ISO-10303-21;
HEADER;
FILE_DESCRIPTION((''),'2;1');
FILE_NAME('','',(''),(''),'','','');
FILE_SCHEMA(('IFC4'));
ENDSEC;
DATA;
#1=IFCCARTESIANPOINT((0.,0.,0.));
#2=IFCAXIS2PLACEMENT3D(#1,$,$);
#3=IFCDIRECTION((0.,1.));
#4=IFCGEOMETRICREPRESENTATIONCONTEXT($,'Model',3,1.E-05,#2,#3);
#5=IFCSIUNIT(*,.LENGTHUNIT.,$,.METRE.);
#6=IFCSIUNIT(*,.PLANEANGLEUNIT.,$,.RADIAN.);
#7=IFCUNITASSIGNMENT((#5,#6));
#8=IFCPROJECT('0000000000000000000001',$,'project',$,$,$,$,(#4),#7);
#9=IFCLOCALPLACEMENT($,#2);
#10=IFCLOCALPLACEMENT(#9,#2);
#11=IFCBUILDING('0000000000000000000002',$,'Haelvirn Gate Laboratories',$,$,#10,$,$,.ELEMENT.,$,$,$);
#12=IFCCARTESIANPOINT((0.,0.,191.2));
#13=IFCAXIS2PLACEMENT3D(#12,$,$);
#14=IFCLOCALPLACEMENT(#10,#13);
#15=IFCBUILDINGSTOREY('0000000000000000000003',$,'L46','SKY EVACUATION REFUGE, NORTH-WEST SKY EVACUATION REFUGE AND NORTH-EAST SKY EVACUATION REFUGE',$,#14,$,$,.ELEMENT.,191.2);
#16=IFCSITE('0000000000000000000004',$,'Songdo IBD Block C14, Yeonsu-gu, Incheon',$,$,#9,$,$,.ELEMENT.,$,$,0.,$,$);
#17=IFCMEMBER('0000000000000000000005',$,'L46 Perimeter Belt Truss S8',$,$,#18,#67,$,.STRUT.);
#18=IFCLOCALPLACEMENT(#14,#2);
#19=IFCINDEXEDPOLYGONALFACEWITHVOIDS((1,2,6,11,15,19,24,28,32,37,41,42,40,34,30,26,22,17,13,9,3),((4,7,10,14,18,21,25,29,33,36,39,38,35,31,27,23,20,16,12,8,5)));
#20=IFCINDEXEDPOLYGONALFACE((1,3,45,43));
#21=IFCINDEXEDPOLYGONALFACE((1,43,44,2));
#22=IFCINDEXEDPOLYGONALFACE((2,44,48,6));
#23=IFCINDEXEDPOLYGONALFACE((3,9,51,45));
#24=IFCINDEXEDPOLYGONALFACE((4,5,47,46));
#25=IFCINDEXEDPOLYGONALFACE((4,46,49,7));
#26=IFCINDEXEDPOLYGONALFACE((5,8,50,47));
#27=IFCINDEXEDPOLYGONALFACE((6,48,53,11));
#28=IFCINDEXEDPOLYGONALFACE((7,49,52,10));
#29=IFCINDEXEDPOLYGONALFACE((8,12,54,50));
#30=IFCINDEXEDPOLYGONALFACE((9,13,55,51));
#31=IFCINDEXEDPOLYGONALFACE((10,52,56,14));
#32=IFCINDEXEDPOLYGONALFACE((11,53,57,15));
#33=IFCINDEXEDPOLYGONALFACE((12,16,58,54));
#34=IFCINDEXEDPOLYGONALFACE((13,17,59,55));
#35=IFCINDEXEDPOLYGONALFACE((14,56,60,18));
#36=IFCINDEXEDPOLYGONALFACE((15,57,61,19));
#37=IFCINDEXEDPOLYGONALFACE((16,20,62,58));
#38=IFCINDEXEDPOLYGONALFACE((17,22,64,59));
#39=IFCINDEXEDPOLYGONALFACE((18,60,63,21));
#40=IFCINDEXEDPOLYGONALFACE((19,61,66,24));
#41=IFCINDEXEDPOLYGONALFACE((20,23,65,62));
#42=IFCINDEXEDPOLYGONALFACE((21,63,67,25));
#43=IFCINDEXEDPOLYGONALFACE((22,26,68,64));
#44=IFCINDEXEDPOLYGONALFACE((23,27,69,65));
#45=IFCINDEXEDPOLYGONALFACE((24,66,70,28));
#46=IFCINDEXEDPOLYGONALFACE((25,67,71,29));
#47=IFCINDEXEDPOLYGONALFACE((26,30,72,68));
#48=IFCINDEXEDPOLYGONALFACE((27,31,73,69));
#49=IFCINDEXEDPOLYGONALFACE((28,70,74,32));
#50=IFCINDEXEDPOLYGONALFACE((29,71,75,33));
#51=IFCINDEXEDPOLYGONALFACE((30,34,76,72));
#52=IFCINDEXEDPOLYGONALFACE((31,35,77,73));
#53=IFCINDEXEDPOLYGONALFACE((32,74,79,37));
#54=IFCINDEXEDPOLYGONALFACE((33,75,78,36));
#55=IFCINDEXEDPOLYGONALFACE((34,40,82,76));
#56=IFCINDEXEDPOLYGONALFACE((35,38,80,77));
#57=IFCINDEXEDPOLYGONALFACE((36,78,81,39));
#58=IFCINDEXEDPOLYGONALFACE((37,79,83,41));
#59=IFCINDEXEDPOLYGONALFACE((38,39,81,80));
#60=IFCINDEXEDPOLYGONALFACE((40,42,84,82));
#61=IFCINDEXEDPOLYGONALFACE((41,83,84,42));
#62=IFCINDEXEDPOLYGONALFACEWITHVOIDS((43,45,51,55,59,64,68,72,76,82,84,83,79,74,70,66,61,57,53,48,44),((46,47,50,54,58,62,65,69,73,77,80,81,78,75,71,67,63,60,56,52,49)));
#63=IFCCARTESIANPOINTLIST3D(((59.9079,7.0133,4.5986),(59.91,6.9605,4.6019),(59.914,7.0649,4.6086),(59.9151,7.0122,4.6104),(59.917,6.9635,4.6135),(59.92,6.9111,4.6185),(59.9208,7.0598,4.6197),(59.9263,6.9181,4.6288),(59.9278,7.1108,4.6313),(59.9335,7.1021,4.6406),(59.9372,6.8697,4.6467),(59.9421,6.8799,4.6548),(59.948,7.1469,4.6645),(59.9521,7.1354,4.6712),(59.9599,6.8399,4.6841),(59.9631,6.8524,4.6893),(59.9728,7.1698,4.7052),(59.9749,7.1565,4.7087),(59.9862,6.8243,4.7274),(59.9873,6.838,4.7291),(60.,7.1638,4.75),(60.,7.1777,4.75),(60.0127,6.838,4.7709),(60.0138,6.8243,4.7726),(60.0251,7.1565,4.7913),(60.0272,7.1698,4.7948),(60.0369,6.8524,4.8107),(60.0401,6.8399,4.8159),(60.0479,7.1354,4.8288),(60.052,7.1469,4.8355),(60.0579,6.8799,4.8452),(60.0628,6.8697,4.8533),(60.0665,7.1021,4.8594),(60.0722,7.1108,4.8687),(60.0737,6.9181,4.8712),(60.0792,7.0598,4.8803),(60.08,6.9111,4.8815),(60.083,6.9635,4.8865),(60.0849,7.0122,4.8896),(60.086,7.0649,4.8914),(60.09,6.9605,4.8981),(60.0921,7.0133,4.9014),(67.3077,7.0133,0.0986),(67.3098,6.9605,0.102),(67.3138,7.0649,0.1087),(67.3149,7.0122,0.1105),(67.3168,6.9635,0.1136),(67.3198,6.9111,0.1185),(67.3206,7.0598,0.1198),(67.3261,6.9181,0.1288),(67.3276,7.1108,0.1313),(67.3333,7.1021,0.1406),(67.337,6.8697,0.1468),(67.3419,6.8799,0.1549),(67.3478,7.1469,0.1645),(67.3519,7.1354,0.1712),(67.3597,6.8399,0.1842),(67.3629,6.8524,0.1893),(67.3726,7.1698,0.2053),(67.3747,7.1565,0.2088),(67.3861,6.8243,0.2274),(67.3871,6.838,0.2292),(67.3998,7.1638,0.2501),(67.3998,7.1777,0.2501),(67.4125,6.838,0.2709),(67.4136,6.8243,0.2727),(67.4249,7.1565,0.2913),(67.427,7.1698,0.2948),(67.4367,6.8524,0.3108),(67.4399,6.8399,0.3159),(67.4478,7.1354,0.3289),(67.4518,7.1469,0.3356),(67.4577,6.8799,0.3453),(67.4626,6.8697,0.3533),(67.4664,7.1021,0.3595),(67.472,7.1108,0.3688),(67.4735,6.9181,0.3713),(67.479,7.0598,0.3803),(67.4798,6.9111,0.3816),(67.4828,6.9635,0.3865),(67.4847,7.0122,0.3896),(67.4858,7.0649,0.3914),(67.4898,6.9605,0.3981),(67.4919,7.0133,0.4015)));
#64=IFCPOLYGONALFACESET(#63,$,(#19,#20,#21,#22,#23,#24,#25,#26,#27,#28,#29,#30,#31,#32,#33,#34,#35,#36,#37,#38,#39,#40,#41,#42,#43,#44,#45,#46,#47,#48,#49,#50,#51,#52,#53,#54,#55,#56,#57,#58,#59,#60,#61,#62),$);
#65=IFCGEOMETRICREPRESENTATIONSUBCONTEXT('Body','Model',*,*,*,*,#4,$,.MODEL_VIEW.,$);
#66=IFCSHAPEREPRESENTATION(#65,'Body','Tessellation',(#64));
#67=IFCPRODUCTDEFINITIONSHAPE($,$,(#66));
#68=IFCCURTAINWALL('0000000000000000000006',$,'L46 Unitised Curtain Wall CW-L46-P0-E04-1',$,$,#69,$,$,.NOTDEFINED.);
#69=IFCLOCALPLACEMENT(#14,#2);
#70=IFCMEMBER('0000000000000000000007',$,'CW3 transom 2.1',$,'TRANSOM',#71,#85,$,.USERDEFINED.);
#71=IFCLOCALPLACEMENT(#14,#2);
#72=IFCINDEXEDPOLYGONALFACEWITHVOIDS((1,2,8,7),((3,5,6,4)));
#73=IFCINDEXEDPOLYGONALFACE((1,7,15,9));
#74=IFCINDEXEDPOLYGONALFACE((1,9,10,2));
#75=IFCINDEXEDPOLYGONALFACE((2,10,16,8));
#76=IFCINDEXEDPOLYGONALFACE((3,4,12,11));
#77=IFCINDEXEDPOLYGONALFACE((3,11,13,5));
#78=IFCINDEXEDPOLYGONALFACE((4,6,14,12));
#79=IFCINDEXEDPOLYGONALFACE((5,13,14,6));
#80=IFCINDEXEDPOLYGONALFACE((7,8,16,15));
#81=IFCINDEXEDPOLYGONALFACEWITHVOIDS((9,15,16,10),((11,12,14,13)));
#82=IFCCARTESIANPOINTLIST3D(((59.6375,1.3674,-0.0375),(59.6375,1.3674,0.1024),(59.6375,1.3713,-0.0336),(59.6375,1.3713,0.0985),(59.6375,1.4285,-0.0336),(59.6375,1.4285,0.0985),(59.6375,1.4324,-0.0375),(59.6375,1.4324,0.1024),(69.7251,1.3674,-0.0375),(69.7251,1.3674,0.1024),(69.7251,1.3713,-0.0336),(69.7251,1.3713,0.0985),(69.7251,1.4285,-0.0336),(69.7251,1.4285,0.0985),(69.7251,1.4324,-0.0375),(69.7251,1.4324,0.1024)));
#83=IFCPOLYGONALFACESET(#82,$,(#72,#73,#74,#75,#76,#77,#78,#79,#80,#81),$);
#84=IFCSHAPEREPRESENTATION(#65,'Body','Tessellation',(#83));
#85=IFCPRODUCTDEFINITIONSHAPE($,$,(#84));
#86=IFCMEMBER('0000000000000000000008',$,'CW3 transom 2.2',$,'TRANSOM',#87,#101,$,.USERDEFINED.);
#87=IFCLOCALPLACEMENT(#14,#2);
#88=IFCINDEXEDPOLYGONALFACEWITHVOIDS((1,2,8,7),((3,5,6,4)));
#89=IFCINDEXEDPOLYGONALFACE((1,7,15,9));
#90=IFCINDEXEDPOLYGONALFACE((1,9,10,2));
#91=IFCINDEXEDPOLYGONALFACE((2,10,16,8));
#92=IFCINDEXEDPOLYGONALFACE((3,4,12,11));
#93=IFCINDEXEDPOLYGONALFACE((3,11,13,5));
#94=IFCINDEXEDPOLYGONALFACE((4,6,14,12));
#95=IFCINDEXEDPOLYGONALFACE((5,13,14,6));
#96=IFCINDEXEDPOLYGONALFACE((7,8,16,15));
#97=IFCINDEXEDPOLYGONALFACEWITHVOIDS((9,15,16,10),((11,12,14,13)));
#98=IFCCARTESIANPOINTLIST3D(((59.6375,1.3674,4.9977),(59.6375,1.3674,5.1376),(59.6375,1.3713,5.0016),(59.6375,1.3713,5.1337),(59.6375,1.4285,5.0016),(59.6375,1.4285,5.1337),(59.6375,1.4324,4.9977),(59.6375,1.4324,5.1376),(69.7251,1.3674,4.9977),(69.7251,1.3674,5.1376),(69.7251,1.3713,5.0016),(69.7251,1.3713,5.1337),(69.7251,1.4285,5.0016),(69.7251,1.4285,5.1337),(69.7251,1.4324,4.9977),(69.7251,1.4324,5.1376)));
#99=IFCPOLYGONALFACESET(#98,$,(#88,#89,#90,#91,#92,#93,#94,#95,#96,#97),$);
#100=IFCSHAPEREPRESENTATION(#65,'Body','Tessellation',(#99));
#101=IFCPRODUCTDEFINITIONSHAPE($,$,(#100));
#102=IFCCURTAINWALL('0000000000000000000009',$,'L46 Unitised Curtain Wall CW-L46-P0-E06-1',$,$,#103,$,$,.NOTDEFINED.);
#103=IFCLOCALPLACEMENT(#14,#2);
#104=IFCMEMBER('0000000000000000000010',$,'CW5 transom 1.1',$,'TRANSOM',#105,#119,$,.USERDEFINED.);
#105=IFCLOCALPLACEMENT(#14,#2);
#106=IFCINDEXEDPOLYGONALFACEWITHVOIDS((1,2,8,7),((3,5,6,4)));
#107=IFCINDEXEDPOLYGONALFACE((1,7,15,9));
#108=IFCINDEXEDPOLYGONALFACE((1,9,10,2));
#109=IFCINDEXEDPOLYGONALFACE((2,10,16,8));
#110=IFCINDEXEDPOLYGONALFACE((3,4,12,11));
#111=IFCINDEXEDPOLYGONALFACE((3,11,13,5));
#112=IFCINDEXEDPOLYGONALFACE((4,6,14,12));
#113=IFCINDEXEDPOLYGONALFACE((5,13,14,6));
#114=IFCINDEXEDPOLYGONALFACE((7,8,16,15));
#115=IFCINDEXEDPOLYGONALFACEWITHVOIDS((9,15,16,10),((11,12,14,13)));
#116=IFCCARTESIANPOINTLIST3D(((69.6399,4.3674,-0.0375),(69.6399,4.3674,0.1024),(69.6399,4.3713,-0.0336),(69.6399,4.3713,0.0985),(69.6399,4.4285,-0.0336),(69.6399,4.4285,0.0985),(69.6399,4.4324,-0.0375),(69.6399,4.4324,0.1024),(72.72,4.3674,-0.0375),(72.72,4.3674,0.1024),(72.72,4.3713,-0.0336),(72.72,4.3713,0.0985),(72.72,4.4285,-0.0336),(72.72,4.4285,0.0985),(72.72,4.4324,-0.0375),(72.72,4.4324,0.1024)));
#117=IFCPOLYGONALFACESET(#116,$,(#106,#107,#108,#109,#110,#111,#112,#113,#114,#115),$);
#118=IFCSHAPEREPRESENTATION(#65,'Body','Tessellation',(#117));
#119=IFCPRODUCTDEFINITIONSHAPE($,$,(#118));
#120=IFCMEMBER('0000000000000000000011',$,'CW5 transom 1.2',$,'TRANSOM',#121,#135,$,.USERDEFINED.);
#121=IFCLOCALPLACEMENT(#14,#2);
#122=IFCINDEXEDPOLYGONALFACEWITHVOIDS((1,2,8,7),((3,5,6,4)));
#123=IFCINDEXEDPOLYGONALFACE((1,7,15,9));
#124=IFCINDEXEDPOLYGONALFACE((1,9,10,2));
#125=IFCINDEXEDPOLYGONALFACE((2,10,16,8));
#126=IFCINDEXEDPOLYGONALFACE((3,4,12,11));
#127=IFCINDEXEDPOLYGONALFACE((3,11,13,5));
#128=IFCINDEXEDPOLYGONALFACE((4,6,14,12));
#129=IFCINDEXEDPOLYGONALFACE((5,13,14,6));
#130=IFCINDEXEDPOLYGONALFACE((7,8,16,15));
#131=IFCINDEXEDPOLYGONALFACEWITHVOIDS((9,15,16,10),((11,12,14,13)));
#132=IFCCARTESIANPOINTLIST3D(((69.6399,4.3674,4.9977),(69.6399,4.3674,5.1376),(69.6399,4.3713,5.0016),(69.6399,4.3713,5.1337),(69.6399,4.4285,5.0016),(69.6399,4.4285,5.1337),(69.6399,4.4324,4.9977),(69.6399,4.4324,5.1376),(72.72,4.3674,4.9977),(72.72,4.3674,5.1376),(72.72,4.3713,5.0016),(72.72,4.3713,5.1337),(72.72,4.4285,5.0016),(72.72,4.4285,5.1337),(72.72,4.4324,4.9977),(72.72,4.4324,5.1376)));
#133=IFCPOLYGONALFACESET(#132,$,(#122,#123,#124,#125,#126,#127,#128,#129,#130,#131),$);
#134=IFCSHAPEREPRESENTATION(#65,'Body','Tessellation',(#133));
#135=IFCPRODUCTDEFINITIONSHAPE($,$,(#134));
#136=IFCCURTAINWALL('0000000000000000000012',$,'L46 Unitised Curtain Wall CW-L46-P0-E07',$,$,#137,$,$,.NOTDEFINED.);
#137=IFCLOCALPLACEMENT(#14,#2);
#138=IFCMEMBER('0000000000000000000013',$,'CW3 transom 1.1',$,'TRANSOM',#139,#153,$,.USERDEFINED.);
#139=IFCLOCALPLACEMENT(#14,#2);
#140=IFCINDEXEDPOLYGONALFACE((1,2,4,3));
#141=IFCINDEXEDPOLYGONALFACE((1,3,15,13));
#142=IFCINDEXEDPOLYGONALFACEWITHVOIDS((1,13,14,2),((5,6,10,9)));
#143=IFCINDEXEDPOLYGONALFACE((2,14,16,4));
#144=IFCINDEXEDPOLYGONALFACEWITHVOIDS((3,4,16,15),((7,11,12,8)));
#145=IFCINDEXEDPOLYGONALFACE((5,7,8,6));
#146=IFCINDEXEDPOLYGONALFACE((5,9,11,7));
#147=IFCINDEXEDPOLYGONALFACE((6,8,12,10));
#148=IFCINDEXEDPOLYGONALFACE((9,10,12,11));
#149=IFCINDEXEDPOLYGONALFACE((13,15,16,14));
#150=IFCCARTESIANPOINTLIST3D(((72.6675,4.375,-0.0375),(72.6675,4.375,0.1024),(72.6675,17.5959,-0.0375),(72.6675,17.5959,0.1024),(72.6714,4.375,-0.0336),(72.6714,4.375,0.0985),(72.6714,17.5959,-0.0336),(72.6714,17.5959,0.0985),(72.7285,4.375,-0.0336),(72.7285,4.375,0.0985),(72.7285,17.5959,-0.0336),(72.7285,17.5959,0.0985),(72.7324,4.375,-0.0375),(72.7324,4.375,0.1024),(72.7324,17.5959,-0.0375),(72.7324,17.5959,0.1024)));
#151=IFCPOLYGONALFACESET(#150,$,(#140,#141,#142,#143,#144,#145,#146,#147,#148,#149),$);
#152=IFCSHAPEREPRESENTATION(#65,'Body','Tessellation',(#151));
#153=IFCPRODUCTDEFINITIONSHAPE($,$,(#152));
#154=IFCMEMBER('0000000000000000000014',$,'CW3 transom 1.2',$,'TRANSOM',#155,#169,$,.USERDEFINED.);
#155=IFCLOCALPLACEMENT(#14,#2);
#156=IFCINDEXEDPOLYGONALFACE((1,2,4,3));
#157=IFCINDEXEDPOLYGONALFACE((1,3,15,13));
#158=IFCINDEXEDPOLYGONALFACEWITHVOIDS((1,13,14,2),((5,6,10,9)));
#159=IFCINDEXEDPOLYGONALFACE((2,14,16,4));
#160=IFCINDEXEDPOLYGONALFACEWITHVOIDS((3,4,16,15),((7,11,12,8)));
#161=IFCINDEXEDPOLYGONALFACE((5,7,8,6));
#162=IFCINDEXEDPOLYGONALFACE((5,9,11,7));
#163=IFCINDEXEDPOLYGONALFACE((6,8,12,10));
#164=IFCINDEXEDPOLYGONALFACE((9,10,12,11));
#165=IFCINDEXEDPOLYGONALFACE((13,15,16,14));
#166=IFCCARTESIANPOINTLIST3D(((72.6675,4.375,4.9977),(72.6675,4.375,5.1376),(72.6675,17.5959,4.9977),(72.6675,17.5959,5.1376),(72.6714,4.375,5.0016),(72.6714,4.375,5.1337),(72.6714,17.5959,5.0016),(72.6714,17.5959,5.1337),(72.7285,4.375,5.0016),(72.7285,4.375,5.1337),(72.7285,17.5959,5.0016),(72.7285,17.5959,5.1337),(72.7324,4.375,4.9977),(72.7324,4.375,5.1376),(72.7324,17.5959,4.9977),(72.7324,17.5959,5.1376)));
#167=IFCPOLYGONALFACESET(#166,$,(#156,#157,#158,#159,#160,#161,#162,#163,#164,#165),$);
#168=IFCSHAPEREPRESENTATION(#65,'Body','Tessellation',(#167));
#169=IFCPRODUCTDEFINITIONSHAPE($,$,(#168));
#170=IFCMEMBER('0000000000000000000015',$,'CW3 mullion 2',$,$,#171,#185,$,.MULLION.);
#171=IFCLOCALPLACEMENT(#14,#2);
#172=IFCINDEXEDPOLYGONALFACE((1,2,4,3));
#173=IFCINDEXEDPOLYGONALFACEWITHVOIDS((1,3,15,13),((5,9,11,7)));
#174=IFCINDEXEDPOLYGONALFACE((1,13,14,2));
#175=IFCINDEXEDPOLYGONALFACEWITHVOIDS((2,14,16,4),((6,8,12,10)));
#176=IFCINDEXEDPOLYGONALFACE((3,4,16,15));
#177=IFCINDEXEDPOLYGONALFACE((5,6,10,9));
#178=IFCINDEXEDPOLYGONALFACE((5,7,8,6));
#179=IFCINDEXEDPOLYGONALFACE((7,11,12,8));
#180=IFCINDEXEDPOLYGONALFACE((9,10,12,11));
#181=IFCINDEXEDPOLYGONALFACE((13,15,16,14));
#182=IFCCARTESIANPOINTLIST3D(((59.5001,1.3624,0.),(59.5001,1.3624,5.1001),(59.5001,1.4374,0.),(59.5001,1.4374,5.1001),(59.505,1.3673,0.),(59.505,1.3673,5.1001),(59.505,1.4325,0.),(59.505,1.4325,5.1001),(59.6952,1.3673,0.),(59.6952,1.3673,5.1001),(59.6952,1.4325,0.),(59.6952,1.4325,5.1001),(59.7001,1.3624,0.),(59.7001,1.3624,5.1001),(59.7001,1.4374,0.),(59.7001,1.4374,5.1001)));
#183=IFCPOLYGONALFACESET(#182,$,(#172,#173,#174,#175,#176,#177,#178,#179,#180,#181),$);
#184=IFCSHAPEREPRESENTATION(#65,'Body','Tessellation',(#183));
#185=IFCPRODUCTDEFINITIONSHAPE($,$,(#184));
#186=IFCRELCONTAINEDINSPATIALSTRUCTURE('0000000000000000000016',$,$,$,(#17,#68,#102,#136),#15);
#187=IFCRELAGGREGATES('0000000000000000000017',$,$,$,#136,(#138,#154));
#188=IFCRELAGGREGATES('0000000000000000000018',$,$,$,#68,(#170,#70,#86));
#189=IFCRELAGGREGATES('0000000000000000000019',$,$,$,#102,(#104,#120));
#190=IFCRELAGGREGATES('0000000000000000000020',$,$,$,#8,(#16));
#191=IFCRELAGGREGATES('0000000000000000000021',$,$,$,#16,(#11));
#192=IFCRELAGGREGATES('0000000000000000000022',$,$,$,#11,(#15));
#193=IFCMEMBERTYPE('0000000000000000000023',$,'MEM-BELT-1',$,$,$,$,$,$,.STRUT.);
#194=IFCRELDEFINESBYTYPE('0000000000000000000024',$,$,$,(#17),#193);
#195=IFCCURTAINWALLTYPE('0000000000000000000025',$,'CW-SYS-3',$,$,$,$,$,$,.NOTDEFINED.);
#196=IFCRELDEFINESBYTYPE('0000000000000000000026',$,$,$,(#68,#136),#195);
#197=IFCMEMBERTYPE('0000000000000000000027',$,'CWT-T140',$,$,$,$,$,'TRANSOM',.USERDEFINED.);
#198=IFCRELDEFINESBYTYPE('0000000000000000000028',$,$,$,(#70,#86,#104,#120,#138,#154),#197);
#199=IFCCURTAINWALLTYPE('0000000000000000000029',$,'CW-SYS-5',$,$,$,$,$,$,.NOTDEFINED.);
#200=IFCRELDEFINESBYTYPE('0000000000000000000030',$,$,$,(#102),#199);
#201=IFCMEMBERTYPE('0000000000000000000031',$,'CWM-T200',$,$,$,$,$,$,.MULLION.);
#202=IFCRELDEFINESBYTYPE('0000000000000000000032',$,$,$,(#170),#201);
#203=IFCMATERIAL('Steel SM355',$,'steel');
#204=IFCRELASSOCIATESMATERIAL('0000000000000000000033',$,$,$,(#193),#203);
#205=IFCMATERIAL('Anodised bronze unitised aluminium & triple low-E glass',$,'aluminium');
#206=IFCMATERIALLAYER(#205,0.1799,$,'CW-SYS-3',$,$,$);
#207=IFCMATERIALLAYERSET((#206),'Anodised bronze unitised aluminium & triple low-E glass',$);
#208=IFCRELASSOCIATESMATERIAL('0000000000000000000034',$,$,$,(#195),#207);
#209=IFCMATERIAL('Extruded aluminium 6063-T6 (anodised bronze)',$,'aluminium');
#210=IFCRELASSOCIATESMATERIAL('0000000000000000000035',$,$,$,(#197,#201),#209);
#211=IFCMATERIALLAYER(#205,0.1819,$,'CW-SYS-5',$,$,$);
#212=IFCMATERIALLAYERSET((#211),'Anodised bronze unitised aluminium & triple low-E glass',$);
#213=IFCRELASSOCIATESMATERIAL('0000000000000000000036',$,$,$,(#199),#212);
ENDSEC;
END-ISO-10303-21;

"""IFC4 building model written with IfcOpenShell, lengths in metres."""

from ifc_helpers import new_model, si_unit, direction, frame, origin, origin_2d, place, context, subcontext, project, spatial, hollow_rectangle, hollow_circle, extrude, source, transform, mapped, material, layer, layer_set, material_profile, profile_set, type_object, type_shapes, element, aggregate, save


model = new_model("IFC4")

# Units and contexts
model_context = context("Model", 3, precision=1e-05, world=origin(), true_north=direction((0.0, 1.0)))
body_context = subcontext(model_context, "Body", "Model", "MODEL_VIEW")
ifc_project = project(units=[si_unit("LENGTHUNIT", "METRE"), si_unit("PLANEANGLEUNIT", "RADIAN")], contexts=[model_context])

# Site, building, storey
site_placement = place(None, origin())
site = spatial("IfcSite", under=ifc_project, at=site_placement, Name="Songdo IBD Block C14, Yeonsu-gu, Incheon", CompositionType="ELEMENT", RefElevation=0.0)
building_placement = place(site_placement, origin())
building = spatial("IfcBuilding", under=site, at=building_placement, Name="Haelvirn Gate Laboratories", CompositionType="ELEMENT")
storey_placement = place(building_placement, frame((0.0, 0.0, 191.2)))
storey = spatial("IfcBuildingStorey", under=building, at=storey_placement, Name="L46", Description="SKY EVACUATION REFUGE, NORTH-WEST SKY EVACUATION REFUGE AND NORTH-EAST SKY EVACUATION REFUGE", CompositionType="ELEMENT", Elevation=191.2)

# Shared definitions
ifc_material_1 = material(Name="Steel SM355", Category="steel")

# Member
ifc_material_profile_1 = material_profile(ifc_material_1, hollow_circle(Radius=0.1777, WallThickness=0.0139, at=origin_2d()), Name="CHS-355x14")
ifc_profile_set_1 = profile_set([ifc_material_profile_1], Name="Steel SM355")
member_type_1 = type_object("IfcMemberType", Name="MEM-BELT-1", PredefinedType="STRUT", material=ifc_profile_set_1)
shared_shape_1 = source(origin(), body_context, "Body", "SweptSolid", [
    extrude(hollow_circle(Radius=0.1777, WallThickness=0.0139, at=origin_2d()), origin(), (0.0, 0.0, 1.0), 8.6606),
])
type_shapes(member_type_1, [shared_shape_1])
member_1_placement = place(storey_placement, frame((60.0, 7.0, 4.75), z_axis=(0.854418, 0.0, -0.519586), x_axis=(0.0, 1.0, 0.0)))
element("IfcMember", 1, at=member_1_placement, inside=storey, type_object=member_type_1, Name="L46 Perimeter Belt Truss S8", PredefinedType="STRUT", context=body_context, shape_type="MappedRepresentation", body=[
    mapped(shared_shape_1, transform((0.0, 0.0, 0.0), scale=1.0)),
])

# Curtain walls, members
ifc_material_2 = material(Name="Anodised bronze unitised aluminium & triple low-E glass", Category="aluminium")
ifc_layer_1 = layer(ifc_material_2, 0.1799, Name="CW-SYS-3")
ifc_layer_set_1 = layer_set([ifc_layer_1], Name="Anodised bronze unitised aluminium & triple low-E glass")
curtain_wall_type_1 = type_object("IfcCurtainWallType", Name="CW-SYS-3", PredefinedType="NOTDEFINED", material=ifc_layer_set_1)
curtain_wall_1_placement = place(storey_placement, origin())
curtain_wall_1 = element("IfcCurtainWall", 2, at=curtain_wall_1_placement, inside=storey, type_object=curtain_wall_type_1, Name="L46 Unitised Curtain Wall CW-L46-P0-E04-1", PredefinedType="NOTDEFINED")
ifc_material_3 = material(Name="Extruded aluminium 6063-T6 (anodised bronze)", Category="aluminium")
ifc_material_profile_2 = material_profile(ifc_material_3, hollow_rectangle(XDim=0.0649, YDim=0.1399, WallThickness=0.0039, at=origin_2d()), Name="CWT-140x65x4")
ifc_profile_set_2 = profile_set([ifc_material_profile_2], Name="Extruded aluminium 6063-T6 (anodised bronze)")
member_type_2 = type_object("IfcMemberType", Name="CWT-T140", ElementType="TRANSOM", PredefinedType="USERDEFINED", material=ifc_profile_set_2)
shared_shape_2 = source(origin(), body_context, "Body", "SweptSolid", [
    extrude(hollow_rectangle(XDim=0.0649, YDim=0.1399, WallThickness=0.0039, at=origin_2d()), origin(), (0.0, 0.0, 1.0), 10.0876),
])
member_2_placement = place(storey_placement, frame((59.6375, 1.3999, 0.0325), z_axis=(1.0, 0.0, 0.0), x_axis=(0.0, 1.0, 0.0)))
member_2 = element("IfcMember", 3, at=member_2_placement, type_object=member_type_2, Name="CW3 transom 2.1", ObjectType="TRANSOM", PredefinedType="USERDEFINED", context=body_context, shape_type="MappedRepresentation", body=[
    mapped(shared_shape_2, transform((0.0, 0.0, 0.0), scale=1.0)),
])
member_3_placement = place(storey_placement, frame((59.6375, 1.3999, 5.0676), z_axis=(1.0, 0.0, 0.0), x_axis=(0.0, 1.0, 0.0)))
member_3 = element("IfcMember", 4, at=member_3_placement, type_object=member_type_2, Name="CW3 transom 2.2", ObjectType="TRANSOM", PredefinedType="USERDEFINED", context=body_context, shape_type="MappedRepresentation", body=[
    mapped(shared_shape_2, transform((0.0, 0.0, 0.0), scale=1.0)),
])
ifc_layer_2 = layer(ifc_material_2, 0.1819, Name="CW-SYS-5")
ifc_layer_set_2 = layer_set([ifc_layer_2], Name="Anodised bronze unitised aluminium & triple low-E glass")
curtain_wall_type_2 = type_object("IfcCurtainWallType", Name="CW-SYS-5", PredefinedType="NOTDEFINED", material=ifc_layer_set_2)
curtain_wall_2_placement = place(storey_placement, origin())
curtain_wall_2 = element("IfcCurtainWall", 5, at=curtain_wall_2_placement, inside=storey, type_object=curtain_wall_type_2, Name="L46 Unitised Curtain Wall CW-L46-P0-E06-1", PredefinedType="NOTDEFINED")
shared_shape_3 = source(origin(), body_context, "Body", "SweptSolid", [
    extrude(hollow_rectangle(XDim=0.0649, YDim=0.1399, WallThickness=0.0039, at=origin_2d()), origin(), (0.0, 0.0, 1.0), 3.0801),
])
member_4_placement = place(storey_placement, frame((69.6399, 4.3999, 0.0325), z_axis=(1.0, 0.0, 0.0), x_axis=(0.0, 1.0, 0.0)))
member_4 = element("IfcMember", 6, at=member_4_placement, type_object=member_type_2, Name="CW5 transom 1.1", ObjectType="TRANSOM", PredefinedType="USERDEFINED", context=body_context, shape_type="MappedRepresentation", body=[
    mapped(shared_shape_3, transform((0.0, 0.0, 0.0), scale=1.0)),
])
member_5_placement = place(storey_placement, frame((69.6399, 4.3999, 5.0676), z_axis=(1.0, 0.0, 0.0), x_axis=(0.0, 1.0, 0.0)))
member_5 = element("IfcMember", 7, at=member_5_placement, type_object=member_type_2, Name="CW5 transom 1.2", ObjectType="TRANSOM", PredefinedType="USERDEFINED", context=body_context, shape_type="MappedRepresentation", body=[
    mapped(shared_shape_3, transform((0.0, 0.0, 0.0), scale=1.0)),
])
curtain_wall_3_placement = place(storey_placement, origin())
curtain_wall_3 = element("IfcCurtainWall", 8, at=curtain_wall_3_placement, inside=storey, type_object=curtain_wall_type_1, Name="L46 Unitised Curtain Wall CW-L46-P0-E07", PredefinedType="NOTDEFINED")
shared_shape_4 = source(origin(), body_context, "Body", "SweptSolid", [
    extrude(hollow_rectangle(XDim=0.0649, YDim=0.1399, WallThickness=0.0039, at=origin_2d()), origin(), (0.0, 0.0, 1.0), 13.2209),
])
type_shapes(member_type_2, [shared_shape_2, shared_shape_3, shared_shape_4])
member_6_placement = place(storey_placement, frame((72.7, 4.375, 0.0325), z_axis=(0.0, 1.0, 0.0), x_axis=(-1.0, 0.0, 0.0)))
member_6 = element("IfcMember", 9, at=member_6_placement, type_object=member_type_2, Name="CW3 transom 1.1", ObjectType="TRANSOM", PredefinedType="USERDEFINED", context=body_context, shape_type="MappedRepresentation", body=[
    mapped(shared_shape_4, transform((0.0, 0.0, 0.0), scale=1.0)),
])
member_7_placement = place(storey_placement, frame((72.7, 4.375, 5.0676), z_axis=(0.0, 1.0, 0.0), x_axis=(-1.0, 0.0, 0.0)))
member_7 = element("IfcMember", 10, at=member_7_placement, type_object=member_type_2, Name="CW3 transom 1.2", ObjectType="TRANSOM", PredefinedType="USERDEFINED", context=body_context, shape_type="MappedRepresentation", body=[
    mapped(shared_shape_4, transform((0.0, 0.0, 0.0), scale=1.0)),
])

# Member
ifc_material_profile_3 = material_profile(ifc_material_3, hollow_rectangle(XDim=0.075, YDim=0.2, WallThickness=0.0049, at=origin_2d()), Name="CWM-200x75x5")
ifc_profile_set_3 = profile_set([ifc_material_profile_3], Name="Extruded aluminium 6063-T6 (anodised bronze)")
member_type_3 = type_object("IfcMemberType", Name="CWM-T200", PredefinedType="MULLION", material=ifc_profile_set_3)
shared_shape_5 = source(origin(), body_context, "Body", "SweptSolid", [
    extrude(hollow_rectangle(XDim=0.075, YDim=0.2, WallThickness=0.0049, at=origin_2d()), origin(), (0.0, 0.0, 1.0), 5.1001),
])
type_shapes(member_type_3, [shared_shape_5])
member_8_placement = place(storey_placement, frame((59.6001, 1.3999, 0.0), z_axis=(0.0, 0.0, 1.0), x_axis=(0.0, 1.0, 0.0)))
member_8 = element("IfcMember", 11, at=member_8_placement, type_object=member_type_3, Name="CW3 mullion 2", PredefinedType="MULLION", context=body_context, shape_type="MappedRepresentation", body=[
    mapped(shared_shape_5, transform((0.0, 0.0, 0.0), scale=1.0)),
])
aggregate(curtain_wall_3, [member_6, member_7])

aggregate(curtain_wall_1, [member_8, member_2, member_3])
aggregate(curtain_wall_2, [member_4, member_5])

save(model, "model.ifc")
